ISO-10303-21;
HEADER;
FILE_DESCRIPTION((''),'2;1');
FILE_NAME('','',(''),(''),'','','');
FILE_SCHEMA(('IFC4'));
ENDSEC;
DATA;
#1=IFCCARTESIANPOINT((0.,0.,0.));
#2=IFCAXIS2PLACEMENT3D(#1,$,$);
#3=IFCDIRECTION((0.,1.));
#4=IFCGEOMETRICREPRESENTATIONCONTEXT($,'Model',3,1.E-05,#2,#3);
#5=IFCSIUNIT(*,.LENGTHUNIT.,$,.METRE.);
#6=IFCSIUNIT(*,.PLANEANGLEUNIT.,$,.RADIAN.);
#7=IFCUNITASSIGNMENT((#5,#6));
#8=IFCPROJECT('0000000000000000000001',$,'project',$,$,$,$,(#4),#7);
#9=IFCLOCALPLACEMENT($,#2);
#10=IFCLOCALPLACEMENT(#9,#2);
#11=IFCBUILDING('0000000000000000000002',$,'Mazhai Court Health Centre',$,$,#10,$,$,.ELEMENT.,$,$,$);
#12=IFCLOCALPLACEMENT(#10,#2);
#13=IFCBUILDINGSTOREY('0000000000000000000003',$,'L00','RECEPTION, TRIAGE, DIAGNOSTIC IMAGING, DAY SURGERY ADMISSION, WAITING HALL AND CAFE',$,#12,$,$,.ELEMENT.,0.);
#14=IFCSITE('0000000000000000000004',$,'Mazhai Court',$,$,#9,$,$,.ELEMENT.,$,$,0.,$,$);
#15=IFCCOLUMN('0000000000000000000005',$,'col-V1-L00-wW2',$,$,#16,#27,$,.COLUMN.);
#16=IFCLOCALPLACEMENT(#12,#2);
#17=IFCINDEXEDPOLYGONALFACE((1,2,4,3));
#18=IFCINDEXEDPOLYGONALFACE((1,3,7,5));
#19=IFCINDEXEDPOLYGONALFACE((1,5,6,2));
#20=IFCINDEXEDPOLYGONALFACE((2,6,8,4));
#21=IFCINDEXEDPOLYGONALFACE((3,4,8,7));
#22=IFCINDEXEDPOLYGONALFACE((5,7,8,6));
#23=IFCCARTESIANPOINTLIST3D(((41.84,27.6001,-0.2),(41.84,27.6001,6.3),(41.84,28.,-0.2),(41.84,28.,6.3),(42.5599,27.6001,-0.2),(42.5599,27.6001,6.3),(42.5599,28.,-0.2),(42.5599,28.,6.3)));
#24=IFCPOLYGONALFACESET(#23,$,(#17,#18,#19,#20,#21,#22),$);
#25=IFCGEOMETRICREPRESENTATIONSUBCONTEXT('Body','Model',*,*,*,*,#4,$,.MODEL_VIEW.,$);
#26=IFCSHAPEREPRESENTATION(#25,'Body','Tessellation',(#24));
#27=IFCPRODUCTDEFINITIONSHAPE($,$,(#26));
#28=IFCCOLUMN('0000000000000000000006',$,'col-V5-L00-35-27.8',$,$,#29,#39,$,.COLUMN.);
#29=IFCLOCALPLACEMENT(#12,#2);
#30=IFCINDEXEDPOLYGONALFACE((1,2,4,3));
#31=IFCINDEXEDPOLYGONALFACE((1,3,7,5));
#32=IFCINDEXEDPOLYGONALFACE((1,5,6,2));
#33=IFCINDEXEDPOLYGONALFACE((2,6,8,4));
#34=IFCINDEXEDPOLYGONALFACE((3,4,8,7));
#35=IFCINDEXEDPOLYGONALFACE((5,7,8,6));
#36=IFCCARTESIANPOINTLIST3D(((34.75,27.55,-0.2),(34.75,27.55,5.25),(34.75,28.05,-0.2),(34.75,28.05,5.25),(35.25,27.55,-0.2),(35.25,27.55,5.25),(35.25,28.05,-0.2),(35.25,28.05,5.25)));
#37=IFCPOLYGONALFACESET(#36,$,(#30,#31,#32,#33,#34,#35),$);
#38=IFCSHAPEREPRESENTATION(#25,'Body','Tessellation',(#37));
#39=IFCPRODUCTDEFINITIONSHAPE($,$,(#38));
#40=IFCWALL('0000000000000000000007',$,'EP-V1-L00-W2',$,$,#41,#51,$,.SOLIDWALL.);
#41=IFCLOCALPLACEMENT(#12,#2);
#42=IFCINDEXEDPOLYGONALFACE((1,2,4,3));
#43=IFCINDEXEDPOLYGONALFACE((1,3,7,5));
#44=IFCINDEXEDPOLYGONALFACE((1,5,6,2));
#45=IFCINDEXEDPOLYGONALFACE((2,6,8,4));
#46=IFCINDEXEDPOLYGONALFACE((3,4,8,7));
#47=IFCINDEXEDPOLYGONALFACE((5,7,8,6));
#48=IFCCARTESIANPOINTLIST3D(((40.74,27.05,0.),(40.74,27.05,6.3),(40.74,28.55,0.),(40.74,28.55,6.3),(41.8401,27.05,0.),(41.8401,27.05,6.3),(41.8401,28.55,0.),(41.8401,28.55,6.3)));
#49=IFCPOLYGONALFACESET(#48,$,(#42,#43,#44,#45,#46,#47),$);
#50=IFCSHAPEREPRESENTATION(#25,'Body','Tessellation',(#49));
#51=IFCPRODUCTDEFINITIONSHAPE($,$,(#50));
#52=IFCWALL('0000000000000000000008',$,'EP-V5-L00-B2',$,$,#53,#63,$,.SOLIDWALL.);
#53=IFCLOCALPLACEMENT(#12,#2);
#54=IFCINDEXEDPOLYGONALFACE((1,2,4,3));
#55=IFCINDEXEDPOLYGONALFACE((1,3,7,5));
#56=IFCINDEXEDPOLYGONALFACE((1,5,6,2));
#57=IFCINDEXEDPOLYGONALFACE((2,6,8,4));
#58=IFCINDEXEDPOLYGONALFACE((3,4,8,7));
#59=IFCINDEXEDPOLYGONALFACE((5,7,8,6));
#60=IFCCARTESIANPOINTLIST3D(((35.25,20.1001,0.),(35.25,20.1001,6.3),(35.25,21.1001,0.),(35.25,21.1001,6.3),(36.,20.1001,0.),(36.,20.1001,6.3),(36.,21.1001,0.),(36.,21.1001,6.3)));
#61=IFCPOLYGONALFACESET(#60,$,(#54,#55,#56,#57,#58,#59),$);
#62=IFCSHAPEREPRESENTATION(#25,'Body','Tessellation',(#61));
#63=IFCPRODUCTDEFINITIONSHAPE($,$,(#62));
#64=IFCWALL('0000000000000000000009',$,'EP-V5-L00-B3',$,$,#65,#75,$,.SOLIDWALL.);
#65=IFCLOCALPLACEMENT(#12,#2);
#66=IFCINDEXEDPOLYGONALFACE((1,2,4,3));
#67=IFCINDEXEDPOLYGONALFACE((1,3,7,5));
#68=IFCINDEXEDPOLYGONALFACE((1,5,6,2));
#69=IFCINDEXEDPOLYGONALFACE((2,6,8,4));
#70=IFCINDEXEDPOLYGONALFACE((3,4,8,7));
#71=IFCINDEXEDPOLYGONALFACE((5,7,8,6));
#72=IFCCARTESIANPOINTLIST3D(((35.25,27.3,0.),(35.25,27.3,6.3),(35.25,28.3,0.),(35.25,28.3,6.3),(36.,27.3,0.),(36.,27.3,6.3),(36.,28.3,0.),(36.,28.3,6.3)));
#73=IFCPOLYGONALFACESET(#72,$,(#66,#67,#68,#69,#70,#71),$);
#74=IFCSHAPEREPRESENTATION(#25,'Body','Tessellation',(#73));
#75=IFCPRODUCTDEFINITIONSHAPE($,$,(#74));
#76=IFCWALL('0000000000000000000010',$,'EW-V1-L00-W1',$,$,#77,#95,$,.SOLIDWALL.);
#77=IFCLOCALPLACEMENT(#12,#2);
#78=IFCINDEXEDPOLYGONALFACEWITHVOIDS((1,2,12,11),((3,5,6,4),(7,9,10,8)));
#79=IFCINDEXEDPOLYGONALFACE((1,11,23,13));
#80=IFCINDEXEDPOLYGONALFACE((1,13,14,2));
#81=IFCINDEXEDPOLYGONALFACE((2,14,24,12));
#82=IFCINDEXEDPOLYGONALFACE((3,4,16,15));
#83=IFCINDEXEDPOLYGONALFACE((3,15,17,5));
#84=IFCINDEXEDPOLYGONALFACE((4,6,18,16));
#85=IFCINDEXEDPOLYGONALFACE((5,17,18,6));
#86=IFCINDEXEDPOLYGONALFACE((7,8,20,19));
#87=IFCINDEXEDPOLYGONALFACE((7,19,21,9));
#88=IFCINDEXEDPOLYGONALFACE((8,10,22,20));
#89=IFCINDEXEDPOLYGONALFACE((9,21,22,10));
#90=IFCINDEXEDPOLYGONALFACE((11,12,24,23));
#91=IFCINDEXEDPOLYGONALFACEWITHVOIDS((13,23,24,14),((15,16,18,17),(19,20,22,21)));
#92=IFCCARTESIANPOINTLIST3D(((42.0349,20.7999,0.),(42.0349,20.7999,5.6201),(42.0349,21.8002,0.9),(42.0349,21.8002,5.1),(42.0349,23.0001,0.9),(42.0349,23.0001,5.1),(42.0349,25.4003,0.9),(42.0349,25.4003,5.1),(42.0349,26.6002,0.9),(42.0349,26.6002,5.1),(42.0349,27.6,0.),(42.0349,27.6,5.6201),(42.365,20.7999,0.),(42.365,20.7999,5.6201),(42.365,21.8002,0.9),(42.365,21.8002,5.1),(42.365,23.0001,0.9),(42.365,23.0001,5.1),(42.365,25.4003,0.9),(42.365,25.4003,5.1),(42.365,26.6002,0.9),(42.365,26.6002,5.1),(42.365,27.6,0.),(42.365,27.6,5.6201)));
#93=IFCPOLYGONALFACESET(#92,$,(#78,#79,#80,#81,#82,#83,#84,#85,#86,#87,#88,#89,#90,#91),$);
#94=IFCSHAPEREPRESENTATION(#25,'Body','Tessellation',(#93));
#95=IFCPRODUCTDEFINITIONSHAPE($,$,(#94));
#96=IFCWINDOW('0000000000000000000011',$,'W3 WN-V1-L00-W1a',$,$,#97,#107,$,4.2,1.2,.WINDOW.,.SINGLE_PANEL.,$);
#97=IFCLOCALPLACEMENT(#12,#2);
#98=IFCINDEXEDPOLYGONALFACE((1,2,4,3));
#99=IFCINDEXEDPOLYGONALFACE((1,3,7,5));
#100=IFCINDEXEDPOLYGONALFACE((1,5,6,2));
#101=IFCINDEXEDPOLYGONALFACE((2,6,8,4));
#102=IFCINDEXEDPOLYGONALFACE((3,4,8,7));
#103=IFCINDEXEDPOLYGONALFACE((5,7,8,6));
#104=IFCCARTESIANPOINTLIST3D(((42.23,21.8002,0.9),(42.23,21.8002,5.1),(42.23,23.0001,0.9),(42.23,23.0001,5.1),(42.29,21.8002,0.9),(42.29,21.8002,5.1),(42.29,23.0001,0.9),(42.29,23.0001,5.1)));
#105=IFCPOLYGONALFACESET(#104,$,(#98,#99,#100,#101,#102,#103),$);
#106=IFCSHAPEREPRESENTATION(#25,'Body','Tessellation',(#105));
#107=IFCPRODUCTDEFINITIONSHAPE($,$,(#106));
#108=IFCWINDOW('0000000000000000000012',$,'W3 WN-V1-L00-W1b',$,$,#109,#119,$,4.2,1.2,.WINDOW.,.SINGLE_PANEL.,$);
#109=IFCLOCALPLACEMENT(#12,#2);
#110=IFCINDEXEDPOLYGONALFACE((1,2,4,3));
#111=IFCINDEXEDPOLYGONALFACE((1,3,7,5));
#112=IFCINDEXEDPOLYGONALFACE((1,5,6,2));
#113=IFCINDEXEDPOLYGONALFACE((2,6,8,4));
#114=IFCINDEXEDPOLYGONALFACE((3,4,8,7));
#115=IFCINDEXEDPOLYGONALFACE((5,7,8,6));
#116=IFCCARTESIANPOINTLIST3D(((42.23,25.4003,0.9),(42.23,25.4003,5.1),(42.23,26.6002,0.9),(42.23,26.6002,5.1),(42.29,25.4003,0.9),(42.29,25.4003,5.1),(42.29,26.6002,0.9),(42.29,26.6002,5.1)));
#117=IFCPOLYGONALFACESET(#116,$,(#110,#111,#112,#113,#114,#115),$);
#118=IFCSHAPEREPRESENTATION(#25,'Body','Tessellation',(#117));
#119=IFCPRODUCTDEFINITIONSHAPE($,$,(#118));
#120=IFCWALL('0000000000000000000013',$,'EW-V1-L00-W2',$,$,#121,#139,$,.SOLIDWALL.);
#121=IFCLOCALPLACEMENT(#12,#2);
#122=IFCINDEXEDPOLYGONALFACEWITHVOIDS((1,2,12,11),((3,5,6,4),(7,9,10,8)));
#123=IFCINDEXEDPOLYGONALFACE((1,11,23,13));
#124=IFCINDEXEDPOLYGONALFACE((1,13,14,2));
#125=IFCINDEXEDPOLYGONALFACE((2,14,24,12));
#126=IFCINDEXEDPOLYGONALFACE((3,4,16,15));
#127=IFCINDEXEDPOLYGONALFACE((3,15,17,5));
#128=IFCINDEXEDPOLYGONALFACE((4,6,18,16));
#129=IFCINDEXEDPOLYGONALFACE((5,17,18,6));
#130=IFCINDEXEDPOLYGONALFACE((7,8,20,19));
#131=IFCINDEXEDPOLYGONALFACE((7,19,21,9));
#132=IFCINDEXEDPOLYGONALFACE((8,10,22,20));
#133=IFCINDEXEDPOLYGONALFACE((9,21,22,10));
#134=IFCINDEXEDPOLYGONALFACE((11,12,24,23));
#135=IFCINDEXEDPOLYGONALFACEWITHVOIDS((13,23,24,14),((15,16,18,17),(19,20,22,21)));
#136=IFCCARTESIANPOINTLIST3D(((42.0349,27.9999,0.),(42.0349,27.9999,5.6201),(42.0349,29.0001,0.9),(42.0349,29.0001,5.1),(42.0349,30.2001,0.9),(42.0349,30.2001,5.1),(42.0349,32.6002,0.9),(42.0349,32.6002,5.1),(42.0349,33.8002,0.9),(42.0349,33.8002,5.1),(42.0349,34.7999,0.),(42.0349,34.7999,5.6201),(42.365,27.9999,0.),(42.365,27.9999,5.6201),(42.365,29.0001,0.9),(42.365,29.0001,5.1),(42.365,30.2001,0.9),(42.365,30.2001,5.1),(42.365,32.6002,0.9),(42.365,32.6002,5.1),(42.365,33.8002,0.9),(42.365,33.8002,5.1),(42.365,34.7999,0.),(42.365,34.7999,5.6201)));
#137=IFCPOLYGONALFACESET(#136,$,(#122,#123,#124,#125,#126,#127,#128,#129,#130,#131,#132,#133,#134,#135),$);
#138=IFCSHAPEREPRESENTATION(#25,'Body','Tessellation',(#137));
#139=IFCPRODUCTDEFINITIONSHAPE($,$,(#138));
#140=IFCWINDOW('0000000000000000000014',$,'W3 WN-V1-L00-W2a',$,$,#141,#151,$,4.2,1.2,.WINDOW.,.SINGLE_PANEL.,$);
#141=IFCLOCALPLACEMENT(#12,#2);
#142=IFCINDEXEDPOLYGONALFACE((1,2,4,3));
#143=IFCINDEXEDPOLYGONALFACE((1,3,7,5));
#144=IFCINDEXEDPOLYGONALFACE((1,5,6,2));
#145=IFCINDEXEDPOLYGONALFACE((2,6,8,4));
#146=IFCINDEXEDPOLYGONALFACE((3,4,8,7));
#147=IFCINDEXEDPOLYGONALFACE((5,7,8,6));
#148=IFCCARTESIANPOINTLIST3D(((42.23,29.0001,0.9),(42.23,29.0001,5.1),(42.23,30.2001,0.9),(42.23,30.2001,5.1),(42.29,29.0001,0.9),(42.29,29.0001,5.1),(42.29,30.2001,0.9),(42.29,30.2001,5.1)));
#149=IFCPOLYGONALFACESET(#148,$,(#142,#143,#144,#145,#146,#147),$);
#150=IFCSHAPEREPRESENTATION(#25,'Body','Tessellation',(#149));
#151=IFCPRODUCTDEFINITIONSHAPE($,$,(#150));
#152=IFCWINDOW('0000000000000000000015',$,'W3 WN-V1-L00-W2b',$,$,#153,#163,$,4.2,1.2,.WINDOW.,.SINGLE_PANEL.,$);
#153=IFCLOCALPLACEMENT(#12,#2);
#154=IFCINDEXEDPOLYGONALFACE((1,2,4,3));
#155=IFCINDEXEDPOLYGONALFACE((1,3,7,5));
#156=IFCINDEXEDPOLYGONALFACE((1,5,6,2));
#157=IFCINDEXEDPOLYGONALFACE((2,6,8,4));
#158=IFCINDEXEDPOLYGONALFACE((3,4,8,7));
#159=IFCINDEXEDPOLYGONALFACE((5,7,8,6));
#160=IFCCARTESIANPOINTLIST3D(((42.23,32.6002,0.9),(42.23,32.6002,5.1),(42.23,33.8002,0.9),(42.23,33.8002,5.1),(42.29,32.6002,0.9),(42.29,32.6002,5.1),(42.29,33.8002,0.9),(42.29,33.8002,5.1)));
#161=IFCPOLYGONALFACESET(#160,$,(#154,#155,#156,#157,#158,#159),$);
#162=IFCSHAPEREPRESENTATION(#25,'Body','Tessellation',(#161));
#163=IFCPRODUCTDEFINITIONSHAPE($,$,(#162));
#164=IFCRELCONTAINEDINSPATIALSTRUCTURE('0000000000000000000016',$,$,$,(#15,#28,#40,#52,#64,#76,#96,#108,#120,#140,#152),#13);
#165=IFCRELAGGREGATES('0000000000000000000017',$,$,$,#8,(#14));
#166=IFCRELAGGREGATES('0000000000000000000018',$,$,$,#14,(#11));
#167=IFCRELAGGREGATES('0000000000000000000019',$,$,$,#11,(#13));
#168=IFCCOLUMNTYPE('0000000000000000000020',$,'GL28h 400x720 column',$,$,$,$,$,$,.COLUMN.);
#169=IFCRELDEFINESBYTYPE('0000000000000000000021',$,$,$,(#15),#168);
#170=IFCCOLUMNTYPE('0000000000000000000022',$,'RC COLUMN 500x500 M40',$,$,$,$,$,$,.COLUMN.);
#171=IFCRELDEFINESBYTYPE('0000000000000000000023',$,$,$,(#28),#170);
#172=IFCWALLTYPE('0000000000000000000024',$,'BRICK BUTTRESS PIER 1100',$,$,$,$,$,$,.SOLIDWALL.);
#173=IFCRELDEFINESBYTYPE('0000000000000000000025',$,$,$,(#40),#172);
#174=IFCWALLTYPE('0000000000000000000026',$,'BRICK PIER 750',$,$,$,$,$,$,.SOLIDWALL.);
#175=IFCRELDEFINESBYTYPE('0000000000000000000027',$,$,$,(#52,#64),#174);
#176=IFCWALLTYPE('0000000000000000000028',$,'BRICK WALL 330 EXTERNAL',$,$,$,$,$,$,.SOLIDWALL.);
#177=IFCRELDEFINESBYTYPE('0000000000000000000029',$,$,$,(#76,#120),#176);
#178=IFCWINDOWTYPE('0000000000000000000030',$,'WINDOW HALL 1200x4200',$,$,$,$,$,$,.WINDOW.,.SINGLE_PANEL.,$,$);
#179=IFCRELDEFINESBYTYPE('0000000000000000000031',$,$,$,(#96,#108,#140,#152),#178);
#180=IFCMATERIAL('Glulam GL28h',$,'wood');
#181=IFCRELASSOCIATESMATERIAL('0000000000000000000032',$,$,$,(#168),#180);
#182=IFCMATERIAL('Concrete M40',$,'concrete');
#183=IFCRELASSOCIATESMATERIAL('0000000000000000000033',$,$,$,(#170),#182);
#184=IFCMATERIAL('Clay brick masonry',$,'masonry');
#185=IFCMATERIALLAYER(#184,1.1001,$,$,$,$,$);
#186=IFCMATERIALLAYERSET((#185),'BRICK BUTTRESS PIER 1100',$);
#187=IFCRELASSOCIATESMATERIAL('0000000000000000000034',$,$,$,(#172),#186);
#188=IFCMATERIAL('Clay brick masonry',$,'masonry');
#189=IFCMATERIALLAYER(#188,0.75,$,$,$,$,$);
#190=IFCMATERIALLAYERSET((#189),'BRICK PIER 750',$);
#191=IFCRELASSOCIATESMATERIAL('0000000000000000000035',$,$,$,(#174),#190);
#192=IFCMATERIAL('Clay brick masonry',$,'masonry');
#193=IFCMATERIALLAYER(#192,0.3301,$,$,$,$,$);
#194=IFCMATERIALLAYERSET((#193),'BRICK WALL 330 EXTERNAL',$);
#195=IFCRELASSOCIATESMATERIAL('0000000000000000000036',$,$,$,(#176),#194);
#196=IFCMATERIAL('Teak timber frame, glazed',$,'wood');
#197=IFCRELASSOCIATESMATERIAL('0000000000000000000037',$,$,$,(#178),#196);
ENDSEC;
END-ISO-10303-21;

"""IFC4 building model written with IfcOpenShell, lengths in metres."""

from ifc_helpers import new_model, si_unit, direction, frame, frame_2d, origin, origin_2d, place, context, subcontext, project, spatial, rectangle, extrude, material, layer, layer_set, material_profile, profile_set, type_object, element, fill, save


model = new_model("IFC4")

# Units and contexts
model_context = context("Model", 3, precision=1e-05, world=origin(), true_north=direction((0.0, 1.0)))
body_context = subcontext(model_context, "Body", "Model", "MODEL_VIEW")
ifc_project = project(units=[si_unit("LENGTHUNIT", "METRE"), si_unit("PLANEANGLEUNIT", "RADIAN")], contexts=[model_context])

# Site, building, storey
site_placement = place(None, origin())
site = spatial("IfcSite", under=ifc_project, at=site_placement, Name="Mazhai Court", CompositionType="ELEMENT", RefElevation=0.0)
building_placement = place(site_placement, origin())
building = spatial("IfcBuilding", under=site, at=building_placement, Name="Mazhai Court Health Centre", CompositionType="ELEMENT")
storey_placement = place(building_placement, origin())
storey = spatial("IfcBuildingStorey", under=building, at=storey_placement, Name="L00", Description="RECEPTION, TRIAGE, DIAGNOSTIC IMAGING, DAY SURGERY ADMISSION, WAITING HALL AND CAFE", CompositionType="ELEMENT", Elevation=0.0)

# Columns
ifc_material_1 = material(Name="Glulam GL28h", Category="wood")
ifc_material_profile_1 = material_profile(ifc_material_1, rectangle(XDim=0.3999, YDim=0.72, at=origin_2d()), Name="GL28h 400x720")
ifc_profile_set_1 = profile_set([ifc_material_profile_1], Name="Glulam GL28h")
column_type_1 = type_object("IfcColumnType", Name="GL28h 400x720 column", PredefinedType="COLUMN", material=ifc_profile_set_1)
for number, where, z_axis, x_axis, name in (
    (1, (42.2, 27.8, -0.2), (0.0, 0.0, 1.0), (0.0, 1.0, 0.0), "col-V1-L00-wW2"),
):
    element("IfcColumn", number, at=place(storey_placement, frame(where, z_axis=z_axis, x_axis=x_axis)), inside=storey, type_object=column_type_1, Name=name, PredefinedType="COLUMN", context=body_context, shape_type="SweptSolid", body=[
        extrude(rectangle(XDim=0.3999, YDim=0.72, at=origin_2d()), origin(), (0.0, 0.0, 1.0), 6.5),
    ])
ifc_material_2 = material(Name="Concrete M40", Category="concrete")
ifc_material_profile_2 = material_profile(ifc_material_2, rectangle(XDim=0.5, YDim=0.5, at=origin_2d()), Name="RC 500x500")
ifc_profile_set_2 = profile_set([ifc_material_profile_2], Name="Concrete M40")
column_type_2 = type_object("IfcColumnType", Name="RC COLUMN 500x500 M40", PredefinedType="COLUMN", material=ifc_profile_set_2)
column_placement = place(storey_placement, frame((35.0, 27.8, -0.2), z_axis=(0.0, 0.0, 1.0), x_axis=(1.0, 0.0, 0.0)))
element("IfcColumn", 2, at=column_placement, inside=storey, type_object=column_type_2, Name="col-V5-L00-35-27.8", PredefinedType="COLUMN", context=body_context, shape_type="SweptSolid", body=[
    extrude(rectangle(XDim=0.5, YDim=0.5, at=origin_2d()), origin(), (0.0, 0.0, 1.0), 5.45),
])

# Walls
ifc_material_3 = material(Name="Clay brick masonry", Category="masonry")
ifc_layer_1 = layer(ifc_material_3, 1.1001)
ifc_layer_set_1 = layer_set([ifc_layer_1], Name="BRICK BUTTRESS PIER 1100")
wall_type_1 = type_object("IfcWallType", Name="BRICK BUTTRESS PIER 1100", PredefinedType="SOLIDWALL", material=ifc_layer_set_1)
wall_1_placement = place(storey_placement, frame((41.29, 27.05, 0.0), z_axis=(0.0, 0.0, 1.0), x_axis=(0.0, 1.0, 0.0)))
element("IfcWall", 3, at=wall_1_placement, inside=storey, type_object=wall_type_1, Name="EP-V1-L00-W2", PredefinedType="SOLIDWALL", context=body_context, shape_type="SweptSolid", body=[
    extrude(rectangle(XDim=1.5, YDim=1.1001, at=frame_2d((0.75, 0.0))), origin(), (0.0, 0.0, 1.0), 6.3),
])
ifc_material_4 = material(Name="Clay brick masonry", Category="masonry")
ifc_layer_2 = layer(ifc_material_4, 0.75)
ifc_layer_set_2 = layer_set([ifc_layer_2], Name="BRICK PIER 750")
wall_type_2 = type_object("IfcWallType", Name="BRICK PIER 750", PredefinedType="SOLIDWALL", material=ifc_layer_set_2)
for number, where, z_axis, x_axis, name in (
    (4, (35.625, 21.1001, 0.0), (0.0, 0.0, 1.0), (0.0, -1.0, 0.0), "EP-V5-L00-B2"),
    (5, (35.625, 28.3, 0.0), (0.0, 0.0, 1.0), (0.0, -1.0, 0.0), "EP-V5-L00-B3"),
):
    element("IfcWall", number, at=place(storey_placement, frame(where, z_axis=z_axis, x_axis=x_axis)), inside=storey, type_object=wall_type_2, Name=name, PredefinedType="SOLIDWALL", context=body_context, shape_type="SweptSolid", body=[
        extrude(rectangle(XDim=1.0, YDim=0.75, at=frame_2d((0.5, 0.0))), origin(), (0.0, 0.0, 1.0), 6.3),
    ])

# Walls, openings, windows
ifc_material_5 = material(Name="Clay brick masonry", Category="masonry")
ifc_layer_3 = layer(ifc_material_5, 0.3301)
ifc_layer_set_3 = layer_set([ifc_layer_3], Name="BRICK WALL 330 EXTERNAL")
wall_type_3 = type_object("IfcWallType", Name="BRICK WALL 330 EXTERNAL", PredefinedType="SOLIDWALL", material=ifc_layer_set_3)
wall_2_placement = place(storey_placement, frame((42.2, 20.8, 0.0), z_axis=(0.0, 0.0, 1.0), x_axis=(0.0, 1.0, 0.0)))
wall_2 = element("IfcWall", 6, at=wall_2_placement, inside=storey, type_object=wall_type_3, Name="EW-V1-L00-W1", PredefinedType="SOLIDWALL", context=body_context, shape_type="SweptSolid", body=[
    extrude(rectangle(XDim=6.8, YDim=0.3301, at=frame_2d((3.3999, 0.0))), origin(), (0.0, 0.0, 1.0), 5.6201),
])
opening_1_placement = place(wall_2_placement, frame((1.0, 0.0, 0.8999)))
opening_1 = element("IfcOpeningElement", 7, at=opening_1_placement, cuts=wall_2, PredefinedType="OPENING", context=body_context, shape_type="SweptSolid", body=[
    extrude(rectangle(XDim=1.2, YDim=4.2, at=frame_2d((0.6001, 2.1001))), frame((0.0, 0.175, 0.0), z_axis=(0.0, -1.0, 0.0), x_axis=(1.0, 0.0, 0.0)), (0.0, 0.0, 1.0), 0.3501),
])
opening_2_placement = place(wall_2_placement, frame((4.6001, 0.0, 0.8999)))
opening_2 = element("IfcOpeningElement", 8, at=opening_2_placement, cuts=wall_2, PredefinedType="OPENING", context=body_context, shape_type="SweptSolid", body=[
    extrude(rectangle(XDim=1.2, YDim=4.2, at=frame_2d((0.6001, 2.1001))), frame((0.0, 0.175, 0.0), z_axis=(0.0, -1.0, 0.0), x_axis=(1.0, 0.0, 0.0)), (0.0, 0.0, 1.0), 0.3501),
])
ifc_material_6 = material(Name="Teak timber frame, glazed", Category="wood")
window_type = type_object("IfcWindowType", Name="WINDOW HALL 1200x4200", PartitioningType="SINGLE_PANEL", PredefinedType="WINDOW", material=ifc_material_6)
window_1_placement = place(opening_1_placement, origin())
window_1 = element("IfcWindow", 9, at=window_1_placement, inside=storey, type_object=window_type, Name="W3 WN-V1-L00-W1a", OverallHeight=4.2, OverallWidth=1.2, PartitioningType="SINGLE_PANEL", PredefinedType="WINDOW", context=body_context, shape_type="SweptSolid", body=[
    extrude(rectangle(XDim=1.2, YDim=4.2, at=frame_2d((0.6001, 2.1001))), frame((0.0, -0.03, 0.0), z_axis=(0.0, -1.0, 0.0), x_axis=(1.0, 0.0, 0.0)), (0.0, 0.0, 1.0), 0.0601),
])
fill(opening_1, window_1)
window_2_placement = place(opening_2_placement, origin())
window_2 = element("IfcWindow", 10, at=window_2_placement, inside=storey, type_object=window_type, Name="W3 WN-V1-L00-W1b", OverallHeight=4.2, OverallWidth=1.2, PartitioningType="SINGLE_PANEL", PredefinedType="WINDOW", context=body_context, shape_type="SweptSolid", body=[
    extrude(rectangle(XDim=1.2, YDim=4.2, at=frame_2d((0.6001, 2.1001))), frame((0.0, -0.03, 0.0), z_axis=(0.0, -1.0, 0.0), x_axis=(1.0, 0.0, 0.0)), (0.0, 0.0, 1.0), 0.0601),
])
fill(opening_2, window_2)
wall_3_placement = place(storey_placement, frame((42.2, 28.0, 0.0), z_axis=(0.0, 0.0, 1.0), x_axis=(0.0, 1.0, 0.0)))
wall_3 = element("IfcWall", 11, at=wall_3_placement, inside=storey, type_object=wall_type_3, Name="EW-V1-L00-W2", PredefinedType="SOLIDWALL", context=body_context, shape_type="SweptSolid", body=[
    extrude(rectangle(XDim=6.8, YDim=0.3301, at=frame_2d((3.3999, 0.0))), origin(), (0.0, 0.0, 1.0), 5.6201),
])
opening_3_placement = place(wall_3_placement, frame((1.0, 0.0, 0.8999)))
opening_3 = element("IfcOpeningElement", 12, at=opening_3_placement, cuts=wall_3, PredefinedType="OPENING", context=body_context, shape_type="SweptSolid", body=[
    extrude(rectangle(XDim=1.2, YDim=4.2, at=frame_2d((0.6001, 2.1001))), frame((0.0, 0.175, 0.0), z_axis=(0.0, -1.0, 0.0), x_axis=(1.0, 0.0, 0.0)), (0.0, 0.0, 1.0), 0.3501),
])
opening_4_placement = place(wall_3_placement, frame((4.6001, 0.0, 0.8999)))
opening_4 = element("IfcOpeningElement", 13, at=opening_4_placement, cuts=wall_3, PredefinedType="OPENING", context=body_context, shape_type="SweptSolid", body=[
    extrude(rectangle(XDim=1.2, YDim=4.2, at=frame_2d((0.6001, 2.1001))), frame((0.0, 0.175, 0.0), z_axis=(0.0, -1.0, 0.0), x_axis=(1.0, 0.0, 0.0)), (0.0, 0.0, 1.0), 0.3501),
])
window_3_placement = place(opening_3_placement, origin())
window_3 = element("IfcWindow", 14, at=window_3_placement, inside=storey, type_object=window_type, Name="W3 WN-V1-L00-W2a", OverallHeight=4.2, OverallWidth=1.2, PartitioningType="SINGLE_PANEL", PredefinedType="WINDOW", context=body_context, shape_type="SweptSolid", body=[
    extrude(rectangle(XDim=1.2, YDim=4.2, at=frame_2d((0.6001, 2.1001))), frame((0.0, -0.03, 0.0), z_axis=(0.0, -1.0, 0.0), x_axis=(1.0, 0.0, 0.0)), (0.0, 0.0, 1.0), 0.0601),
])
fill(opening_3, window_3)
window_4_placement = place(opening_4_placement, origin())
window_4 = element("IfcWindow", 15, at=window_4_placement, inside=storey, type_object=window_type, Name="W3 WN-V1-L00-W2b", OverallHeight=4.2, OverallWidth=1.2, PartitioningType="SINGLE_PANEL", PredefinedType="WINDOW", context=body_context, shape_type="SweptSolid", body=[
    extrude(rectangle(XDim=1.2, YDim=4.2, at=frame_2d((0.6001, 2.1001))), frame((0.0, -0.03, 0.0), z_axis=(0.0, -1.0, 0.0), x_axis=(1.0, 0.0, 0.0)), (0.0, 0.0, 1.0), 0.0601),
])
fill(opening_4, window_4)

save(model, "model.ifc")
